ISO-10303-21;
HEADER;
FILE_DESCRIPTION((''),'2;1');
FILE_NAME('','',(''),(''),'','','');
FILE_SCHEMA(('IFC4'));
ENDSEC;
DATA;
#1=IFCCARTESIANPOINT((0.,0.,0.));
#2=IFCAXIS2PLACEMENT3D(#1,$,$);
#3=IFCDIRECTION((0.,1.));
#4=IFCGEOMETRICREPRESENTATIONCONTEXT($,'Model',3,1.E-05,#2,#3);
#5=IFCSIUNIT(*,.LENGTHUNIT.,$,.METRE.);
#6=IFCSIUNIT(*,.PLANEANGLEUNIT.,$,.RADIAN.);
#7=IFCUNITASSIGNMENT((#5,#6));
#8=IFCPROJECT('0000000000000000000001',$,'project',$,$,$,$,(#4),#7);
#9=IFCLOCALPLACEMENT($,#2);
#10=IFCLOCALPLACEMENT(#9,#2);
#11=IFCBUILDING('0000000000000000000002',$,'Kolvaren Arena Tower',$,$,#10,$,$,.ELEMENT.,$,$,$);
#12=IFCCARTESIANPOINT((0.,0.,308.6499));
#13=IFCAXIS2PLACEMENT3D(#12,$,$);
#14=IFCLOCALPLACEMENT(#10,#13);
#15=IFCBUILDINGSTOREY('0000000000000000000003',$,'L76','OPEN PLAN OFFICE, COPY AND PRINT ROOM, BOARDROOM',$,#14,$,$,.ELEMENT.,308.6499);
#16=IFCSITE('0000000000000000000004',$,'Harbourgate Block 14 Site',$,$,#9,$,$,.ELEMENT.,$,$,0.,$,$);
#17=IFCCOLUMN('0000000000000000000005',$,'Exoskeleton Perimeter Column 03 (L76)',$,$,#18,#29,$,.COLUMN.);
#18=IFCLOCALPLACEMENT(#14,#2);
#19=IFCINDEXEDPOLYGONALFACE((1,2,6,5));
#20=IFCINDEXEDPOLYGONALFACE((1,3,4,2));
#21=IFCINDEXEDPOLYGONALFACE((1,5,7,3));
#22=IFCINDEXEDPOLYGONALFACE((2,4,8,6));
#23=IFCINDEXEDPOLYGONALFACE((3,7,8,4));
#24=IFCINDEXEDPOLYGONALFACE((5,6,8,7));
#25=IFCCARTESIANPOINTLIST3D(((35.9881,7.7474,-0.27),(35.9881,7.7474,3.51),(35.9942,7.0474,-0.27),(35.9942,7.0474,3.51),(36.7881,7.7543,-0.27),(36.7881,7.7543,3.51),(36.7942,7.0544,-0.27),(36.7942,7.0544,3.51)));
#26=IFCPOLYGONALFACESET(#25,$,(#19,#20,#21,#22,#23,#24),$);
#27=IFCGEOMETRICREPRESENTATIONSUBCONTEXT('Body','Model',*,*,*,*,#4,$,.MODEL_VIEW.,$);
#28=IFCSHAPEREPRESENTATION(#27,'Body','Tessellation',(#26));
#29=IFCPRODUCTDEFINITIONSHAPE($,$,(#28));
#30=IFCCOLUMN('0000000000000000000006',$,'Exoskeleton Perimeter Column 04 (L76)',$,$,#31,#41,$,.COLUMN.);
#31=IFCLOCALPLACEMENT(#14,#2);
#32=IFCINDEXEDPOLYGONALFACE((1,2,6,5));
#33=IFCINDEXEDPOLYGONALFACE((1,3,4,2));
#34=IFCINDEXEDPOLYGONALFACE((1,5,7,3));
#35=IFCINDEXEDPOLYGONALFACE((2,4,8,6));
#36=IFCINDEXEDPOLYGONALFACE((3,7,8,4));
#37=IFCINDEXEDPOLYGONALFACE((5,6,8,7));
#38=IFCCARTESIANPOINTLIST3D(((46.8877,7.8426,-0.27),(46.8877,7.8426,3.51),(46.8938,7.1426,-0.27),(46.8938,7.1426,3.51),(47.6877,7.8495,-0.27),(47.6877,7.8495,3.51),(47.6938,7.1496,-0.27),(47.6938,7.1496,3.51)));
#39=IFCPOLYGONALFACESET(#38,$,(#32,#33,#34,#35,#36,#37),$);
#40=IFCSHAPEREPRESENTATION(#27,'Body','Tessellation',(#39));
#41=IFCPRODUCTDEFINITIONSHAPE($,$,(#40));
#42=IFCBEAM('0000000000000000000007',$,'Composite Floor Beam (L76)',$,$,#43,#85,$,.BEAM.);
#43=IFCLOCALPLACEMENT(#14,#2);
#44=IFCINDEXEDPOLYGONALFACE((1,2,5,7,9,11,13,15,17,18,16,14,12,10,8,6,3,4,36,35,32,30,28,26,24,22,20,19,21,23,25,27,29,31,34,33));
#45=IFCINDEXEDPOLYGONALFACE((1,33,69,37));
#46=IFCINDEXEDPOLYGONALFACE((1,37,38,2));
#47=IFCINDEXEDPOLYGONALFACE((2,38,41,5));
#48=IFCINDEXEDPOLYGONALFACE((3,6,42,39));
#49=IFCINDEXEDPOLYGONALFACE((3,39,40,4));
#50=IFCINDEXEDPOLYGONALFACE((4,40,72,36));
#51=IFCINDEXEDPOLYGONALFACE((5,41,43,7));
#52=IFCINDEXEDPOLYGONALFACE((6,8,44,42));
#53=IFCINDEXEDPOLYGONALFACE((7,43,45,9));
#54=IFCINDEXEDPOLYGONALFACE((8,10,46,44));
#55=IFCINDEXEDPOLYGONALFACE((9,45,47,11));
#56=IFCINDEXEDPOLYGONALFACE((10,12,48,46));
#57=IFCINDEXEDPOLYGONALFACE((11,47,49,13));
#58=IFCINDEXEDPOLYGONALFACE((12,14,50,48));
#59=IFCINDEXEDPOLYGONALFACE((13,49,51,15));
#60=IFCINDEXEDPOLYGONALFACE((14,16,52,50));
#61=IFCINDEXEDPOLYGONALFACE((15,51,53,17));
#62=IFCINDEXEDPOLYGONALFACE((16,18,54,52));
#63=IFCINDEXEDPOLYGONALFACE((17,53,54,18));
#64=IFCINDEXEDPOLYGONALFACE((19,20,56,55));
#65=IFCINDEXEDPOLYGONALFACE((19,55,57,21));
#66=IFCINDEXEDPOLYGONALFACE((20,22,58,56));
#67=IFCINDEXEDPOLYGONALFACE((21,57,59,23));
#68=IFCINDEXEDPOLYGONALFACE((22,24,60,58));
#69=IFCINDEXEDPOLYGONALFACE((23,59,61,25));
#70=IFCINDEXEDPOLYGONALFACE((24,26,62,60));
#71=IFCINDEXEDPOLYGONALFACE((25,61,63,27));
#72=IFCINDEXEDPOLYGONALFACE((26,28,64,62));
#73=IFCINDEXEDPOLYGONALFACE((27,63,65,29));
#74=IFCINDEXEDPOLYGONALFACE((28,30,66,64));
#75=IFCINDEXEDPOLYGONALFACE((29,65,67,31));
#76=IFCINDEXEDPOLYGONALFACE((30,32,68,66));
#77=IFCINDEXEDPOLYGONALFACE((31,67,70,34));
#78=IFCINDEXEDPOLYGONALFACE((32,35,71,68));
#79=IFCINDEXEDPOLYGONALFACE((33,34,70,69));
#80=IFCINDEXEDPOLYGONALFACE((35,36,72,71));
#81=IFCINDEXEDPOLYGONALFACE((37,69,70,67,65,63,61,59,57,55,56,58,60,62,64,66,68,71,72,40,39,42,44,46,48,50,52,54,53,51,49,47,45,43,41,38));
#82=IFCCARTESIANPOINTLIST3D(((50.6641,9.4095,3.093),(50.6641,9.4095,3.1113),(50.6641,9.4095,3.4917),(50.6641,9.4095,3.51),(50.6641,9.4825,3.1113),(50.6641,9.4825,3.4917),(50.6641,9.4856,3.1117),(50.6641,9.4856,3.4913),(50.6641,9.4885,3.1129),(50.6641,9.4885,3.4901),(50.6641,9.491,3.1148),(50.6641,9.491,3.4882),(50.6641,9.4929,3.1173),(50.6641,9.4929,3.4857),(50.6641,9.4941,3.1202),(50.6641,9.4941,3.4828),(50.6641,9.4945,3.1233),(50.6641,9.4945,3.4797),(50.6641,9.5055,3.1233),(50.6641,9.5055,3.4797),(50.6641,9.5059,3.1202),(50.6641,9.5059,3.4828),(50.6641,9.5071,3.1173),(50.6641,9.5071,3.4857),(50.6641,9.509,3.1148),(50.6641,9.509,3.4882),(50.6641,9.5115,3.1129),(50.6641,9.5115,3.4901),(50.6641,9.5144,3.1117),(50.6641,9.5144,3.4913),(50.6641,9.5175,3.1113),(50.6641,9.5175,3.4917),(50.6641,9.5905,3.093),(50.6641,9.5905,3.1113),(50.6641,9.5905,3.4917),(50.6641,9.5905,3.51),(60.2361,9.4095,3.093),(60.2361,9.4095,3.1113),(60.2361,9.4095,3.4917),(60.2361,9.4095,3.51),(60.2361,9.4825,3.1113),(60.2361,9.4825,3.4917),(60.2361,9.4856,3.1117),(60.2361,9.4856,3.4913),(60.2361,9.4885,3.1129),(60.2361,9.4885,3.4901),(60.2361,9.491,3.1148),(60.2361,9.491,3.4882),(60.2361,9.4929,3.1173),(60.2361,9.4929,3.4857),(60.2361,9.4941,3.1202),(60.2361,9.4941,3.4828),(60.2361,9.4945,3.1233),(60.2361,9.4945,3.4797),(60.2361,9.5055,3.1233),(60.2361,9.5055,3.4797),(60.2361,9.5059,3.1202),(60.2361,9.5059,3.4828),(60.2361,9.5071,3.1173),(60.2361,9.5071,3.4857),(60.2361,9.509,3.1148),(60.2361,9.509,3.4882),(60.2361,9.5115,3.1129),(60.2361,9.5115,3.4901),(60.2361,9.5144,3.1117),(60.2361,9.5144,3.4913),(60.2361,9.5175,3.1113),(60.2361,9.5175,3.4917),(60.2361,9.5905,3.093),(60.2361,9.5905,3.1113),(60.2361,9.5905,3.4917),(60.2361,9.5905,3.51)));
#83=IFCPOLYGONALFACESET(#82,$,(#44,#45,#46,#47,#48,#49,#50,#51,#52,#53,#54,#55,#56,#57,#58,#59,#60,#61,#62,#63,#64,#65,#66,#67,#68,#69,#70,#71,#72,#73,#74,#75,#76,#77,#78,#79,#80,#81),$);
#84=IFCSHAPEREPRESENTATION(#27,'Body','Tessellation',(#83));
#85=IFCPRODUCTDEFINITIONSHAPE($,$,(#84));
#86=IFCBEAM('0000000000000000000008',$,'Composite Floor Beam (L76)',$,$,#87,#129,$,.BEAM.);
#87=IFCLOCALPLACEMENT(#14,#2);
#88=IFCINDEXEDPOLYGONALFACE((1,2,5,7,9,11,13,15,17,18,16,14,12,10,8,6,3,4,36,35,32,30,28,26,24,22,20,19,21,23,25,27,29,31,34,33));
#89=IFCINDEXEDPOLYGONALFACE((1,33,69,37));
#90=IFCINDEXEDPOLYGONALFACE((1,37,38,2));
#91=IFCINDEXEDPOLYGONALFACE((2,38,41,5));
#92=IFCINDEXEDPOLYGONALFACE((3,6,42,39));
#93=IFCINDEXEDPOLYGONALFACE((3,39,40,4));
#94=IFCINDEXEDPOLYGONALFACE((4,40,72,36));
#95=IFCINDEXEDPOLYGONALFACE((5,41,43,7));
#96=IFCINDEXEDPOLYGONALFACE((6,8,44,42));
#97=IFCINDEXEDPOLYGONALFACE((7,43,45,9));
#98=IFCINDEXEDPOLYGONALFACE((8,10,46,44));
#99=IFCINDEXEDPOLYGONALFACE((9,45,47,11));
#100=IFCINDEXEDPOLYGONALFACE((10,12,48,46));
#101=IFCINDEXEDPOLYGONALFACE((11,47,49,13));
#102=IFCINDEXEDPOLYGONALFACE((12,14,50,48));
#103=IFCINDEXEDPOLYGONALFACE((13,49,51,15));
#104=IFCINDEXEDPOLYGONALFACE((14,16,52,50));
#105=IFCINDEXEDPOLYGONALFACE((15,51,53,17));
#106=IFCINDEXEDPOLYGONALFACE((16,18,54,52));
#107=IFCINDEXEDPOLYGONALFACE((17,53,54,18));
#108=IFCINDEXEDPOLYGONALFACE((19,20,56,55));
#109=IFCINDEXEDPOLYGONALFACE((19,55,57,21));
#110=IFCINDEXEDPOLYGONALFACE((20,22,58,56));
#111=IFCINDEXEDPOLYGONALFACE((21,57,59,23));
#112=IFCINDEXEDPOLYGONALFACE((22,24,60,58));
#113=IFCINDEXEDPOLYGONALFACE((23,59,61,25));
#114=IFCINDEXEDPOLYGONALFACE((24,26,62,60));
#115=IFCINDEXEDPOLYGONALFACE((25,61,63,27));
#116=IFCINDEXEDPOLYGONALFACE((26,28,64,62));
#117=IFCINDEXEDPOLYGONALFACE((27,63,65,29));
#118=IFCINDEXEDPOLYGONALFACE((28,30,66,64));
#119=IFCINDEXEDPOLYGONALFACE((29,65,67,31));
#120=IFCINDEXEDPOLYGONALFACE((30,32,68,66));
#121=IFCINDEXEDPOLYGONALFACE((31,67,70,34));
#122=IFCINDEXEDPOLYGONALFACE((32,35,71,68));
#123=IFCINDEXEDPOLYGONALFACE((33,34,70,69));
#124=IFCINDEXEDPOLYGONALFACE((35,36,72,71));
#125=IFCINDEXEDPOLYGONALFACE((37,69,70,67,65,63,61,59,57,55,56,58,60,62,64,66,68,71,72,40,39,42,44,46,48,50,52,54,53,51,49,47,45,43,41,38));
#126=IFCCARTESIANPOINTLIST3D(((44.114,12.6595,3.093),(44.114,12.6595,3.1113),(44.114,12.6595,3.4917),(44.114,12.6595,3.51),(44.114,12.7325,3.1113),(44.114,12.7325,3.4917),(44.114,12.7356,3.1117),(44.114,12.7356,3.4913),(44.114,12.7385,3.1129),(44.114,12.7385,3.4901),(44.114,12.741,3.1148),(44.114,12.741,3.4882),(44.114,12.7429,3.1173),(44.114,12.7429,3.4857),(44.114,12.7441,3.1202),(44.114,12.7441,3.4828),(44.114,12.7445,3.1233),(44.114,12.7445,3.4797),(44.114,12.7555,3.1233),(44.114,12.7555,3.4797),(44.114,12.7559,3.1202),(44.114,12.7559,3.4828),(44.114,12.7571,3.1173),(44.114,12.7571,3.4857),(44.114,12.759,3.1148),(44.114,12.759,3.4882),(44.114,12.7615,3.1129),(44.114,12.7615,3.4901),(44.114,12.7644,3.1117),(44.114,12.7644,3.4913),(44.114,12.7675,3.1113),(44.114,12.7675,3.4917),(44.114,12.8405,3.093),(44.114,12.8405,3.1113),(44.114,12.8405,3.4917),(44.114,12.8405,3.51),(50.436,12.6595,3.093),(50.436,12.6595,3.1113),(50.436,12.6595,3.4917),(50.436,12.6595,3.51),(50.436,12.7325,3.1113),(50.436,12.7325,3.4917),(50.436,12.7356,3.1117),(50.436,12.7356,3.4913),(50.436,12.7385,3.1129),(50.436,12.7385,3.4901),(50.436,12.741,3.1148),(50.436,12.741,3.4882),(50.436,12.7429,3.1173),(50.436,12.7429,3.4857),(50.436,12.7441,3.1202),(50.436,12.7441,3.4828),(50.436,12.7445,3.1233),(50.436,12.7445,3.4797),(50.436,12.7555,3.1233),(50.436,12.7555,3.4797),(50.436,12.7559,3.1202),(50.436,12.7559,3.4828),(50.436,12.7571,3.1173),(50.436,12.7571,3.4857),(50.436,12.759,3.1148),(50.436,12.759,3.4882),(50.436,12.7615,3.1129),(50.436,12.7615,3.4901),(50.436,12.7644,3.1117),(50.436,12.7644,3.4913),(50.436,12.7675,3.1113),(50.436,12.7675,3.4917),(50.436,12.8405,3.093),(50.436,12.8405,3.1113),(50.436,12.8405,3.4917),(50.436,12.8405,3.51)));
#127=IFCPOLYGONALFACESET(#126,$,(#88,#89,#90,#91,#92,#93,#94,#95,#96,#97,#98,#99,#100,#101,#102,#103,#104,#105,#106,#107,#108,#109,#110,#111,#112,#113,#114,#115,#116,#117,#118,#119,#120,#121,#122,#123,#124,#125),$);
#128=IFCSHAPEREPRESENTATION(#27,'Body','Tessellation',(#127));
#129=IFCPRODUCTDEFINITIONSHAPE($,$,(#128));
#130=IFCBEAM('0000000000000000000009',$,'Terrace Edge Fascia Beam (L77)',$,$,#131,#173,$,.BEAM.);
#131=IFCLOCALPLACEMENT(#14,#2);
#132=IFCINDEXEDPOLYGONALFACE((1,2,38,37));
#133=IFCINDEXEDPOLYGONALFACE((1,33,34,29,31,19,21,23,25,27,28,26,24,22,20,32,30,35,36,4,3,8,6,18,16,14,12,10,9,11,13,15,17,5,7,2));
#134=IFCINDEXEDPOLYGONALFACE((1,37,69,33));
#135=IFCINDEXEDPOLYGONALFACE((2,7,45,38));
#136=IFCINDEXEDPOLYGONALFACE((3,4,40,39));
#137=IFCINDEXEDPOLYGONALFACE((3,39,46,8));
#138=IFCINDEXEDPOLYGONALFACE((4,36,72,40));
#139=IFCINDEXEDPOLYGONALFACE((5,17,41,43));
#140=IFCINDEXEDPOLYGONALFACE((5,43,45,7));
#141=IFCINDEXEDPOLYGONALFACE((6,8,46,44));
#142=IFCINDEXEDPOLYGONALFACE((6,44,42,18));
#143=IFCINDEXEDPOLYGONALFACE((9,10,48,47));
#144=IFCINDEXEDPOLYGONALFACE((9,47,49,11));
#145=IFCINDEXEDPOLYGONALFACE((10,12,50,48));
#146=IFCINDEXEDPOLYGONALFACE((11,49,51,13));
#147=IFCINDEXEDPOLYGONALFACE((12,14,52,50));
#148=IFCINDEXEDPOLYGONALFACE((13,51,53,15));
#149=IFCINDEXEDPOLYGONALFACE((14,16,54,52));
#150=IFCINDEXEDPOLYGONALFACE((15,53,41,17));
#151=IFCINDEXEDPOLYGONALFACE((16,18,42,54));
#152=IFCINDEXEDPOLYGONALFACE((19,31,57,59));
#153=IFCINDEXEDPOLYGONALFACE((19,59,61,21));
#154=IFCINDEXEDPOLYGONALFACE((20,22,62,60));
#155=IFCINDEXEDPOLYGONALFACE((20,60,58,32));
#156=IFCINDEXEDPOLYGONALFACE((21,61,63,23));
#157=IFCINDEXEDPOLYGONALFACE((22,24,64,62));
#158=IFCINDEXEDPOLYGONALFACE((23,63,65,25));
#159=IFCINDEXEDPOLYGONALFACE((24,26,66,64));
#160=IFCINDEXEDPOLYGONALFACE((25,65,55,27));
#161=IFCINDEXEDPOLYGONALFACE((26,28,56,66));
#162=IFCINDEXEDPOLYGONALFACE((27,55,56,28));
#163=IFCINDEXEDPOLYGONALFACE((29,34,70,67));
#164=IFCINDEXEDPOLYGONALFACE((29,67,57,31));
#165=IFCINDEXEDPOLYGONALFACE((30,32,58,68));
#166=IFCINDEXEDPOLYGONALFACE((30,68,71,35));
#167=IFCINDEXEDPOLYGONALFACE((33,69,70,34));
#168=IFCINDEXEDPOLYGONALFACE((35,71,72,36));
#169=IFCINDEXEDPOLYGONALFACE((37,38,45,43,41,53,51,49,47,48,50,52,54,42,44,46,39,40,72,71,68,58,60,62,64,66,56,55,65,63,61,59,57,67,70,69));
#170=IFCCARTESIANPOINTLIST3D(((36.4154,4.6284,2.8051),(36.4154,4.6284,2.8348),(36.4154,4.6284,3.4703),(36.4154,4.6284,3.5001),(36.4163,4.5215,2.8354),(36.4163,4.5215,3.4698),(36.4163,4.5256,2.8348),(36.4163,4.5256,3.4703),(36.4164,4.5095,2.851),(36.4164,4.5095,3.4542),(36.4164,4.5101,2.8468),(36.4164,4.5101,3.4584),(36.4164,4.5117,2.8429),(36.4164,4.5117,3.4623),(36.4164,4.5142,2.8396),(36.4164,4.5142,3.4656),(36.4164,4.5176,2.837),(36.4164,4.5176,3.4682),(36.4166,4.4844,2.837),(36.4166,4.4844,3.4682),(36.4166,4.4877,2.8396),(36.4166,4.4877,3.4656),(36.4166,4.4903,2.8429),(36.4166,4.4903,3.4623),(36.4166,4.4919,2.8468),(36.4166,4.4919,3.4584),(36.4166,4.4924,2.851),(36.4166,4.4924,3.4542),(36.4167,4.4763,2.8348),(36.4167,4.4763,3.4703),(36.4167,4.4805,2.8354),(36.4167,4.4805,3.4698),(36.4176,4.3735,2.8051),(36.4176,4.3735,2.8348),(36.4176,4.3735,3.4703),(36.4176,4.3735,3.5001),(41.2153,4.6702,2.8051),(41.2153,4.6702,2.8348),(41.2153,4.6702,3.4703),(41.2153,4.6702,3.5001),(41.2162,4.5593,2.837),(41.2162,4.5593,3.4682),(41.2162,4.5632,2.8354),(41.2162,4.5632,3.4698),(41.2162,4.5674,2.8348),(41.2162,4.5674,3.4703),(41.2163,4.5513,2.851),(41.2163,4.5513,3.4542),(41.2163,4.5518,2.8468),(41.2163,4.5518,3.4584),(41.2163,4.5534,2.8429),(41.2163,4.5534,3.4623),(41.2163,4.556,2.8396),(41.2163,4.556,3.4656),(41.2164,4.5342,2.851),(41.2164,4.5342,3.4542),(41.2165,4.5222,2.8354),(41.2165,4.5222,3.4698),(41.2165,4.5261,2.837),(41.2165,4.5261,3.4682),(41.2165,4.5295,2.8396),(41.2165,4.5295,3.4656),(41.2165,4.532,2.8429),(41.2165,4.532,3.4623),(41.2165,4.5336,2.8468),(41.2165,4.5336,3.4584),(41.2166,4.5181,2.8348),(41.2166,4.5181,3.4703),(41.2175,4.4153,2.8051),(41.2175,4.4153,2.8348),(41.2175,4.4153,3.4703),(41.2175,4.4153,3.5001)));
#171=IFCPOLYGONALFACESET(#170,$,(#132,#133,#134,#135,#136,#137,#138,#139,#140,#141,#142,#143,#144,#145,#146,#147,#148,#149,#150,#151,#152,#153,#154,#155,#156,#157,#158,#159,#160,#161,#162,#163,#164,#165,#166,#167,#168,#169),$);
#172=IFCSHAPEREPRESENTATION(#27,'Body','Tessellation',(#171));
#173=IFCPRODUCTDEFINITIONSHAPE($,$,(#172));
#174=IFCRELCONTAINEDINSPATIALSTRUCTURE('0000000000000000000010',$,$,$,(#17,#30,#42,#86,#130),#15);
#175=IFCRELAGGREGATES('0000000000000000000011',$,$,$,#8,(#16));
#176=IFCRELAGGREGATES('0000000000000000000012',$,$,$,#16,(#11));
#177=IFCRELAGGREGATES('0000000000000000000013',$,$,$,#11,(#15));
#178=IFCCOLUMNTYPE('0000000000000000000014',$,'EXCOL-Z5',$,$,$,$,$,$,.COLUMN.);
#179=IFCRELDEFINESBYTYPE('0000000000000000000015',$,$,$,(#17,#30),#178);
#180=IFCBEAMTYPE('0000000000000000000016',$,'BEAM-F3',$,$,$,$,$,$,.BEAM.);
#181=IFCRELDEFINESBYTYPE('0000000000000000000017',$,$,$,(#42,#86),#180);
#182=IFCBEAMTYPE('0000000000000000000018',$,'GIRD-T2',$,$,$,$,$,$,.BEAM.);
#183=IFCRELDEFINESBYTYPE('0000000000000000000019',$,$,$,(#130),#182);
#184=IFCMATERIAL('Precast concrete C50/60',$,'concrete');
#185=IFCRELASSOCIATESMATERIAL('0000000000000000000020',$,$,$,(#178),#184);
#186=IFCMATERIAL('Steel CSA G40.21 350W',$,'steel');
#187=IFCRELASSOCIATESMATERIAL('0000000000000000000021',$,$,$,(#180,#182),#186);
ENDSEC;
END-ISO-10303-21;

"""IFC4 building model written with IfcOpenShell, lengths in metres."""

from ifc_helpers import new_model, si_unit, direction, frame, origin, origin_2d, place, context, subcontext, project, spatial, rectangle, i_section, extrude, material, material_profile, profile_set, type_object, element, save


model = new_model("IFC4")

# Units and contexts
model_context = context("Model", 3, precision=1e-05, world=origin(), true_north=direction((0.0, 1.0)))
body_context = subcontext(model_context, "Body", "Model", "MODEL_VIEW")
ifc_project = project(units=[si_unit("LENGTHUNIT", "METRE"), si_unit("PLANEANGLEUNIT", "RADIAN")], contexts=[model_context])

# Site, building, storey
site_placement = place(None, origin())
site = spatial("IfcSite", under=ifc_project, at=site_placement, Name="Harbourgate Block 14 Site", CompositionType="ELEMENT", RefElevation=0.0)
building_placement = place(site_placement, origin())
building = spatial("IfcBuilding", under=site, at=building_placement, Name="Kolvaren Arena Tower", CompositionType="ELEMENT")
storey_placement = place(building_placement, frame((0.0, 0.0, 308.6499)))
storey = spatial("IfcBuildingStorey", under=building, at=storey_placement, Name="L76", Description="OPEN PLAN OFFICE, COPY AND PRINT ROOM, BOARDROOM", CompositionType="ELEMENT", Elevation=308.6499)

# Columns
ifc_material_1 = material(Name="Precast concrete C50/60", Category="concrete")
ifc_material_profile_1 = material_profile(ifc_material_1, rectangle(XDim=0.8, YDim=0.7, at=origin_2d()), Name="RC-800x700")
ifc_profile_set_1 = profile_set([ifc_material_profile_1], Name="Precast concrete C50/60")
column_type = type_object("IfcColumnType", Name="EXCOL-Z5", PredefinedType="COLUMN", material=ifc_profile_set_1)
for number, where, z_axis, x_axis, name in (
    (1, (36.3911, 7.4009, -0.27), (0.0, 0.0, 1.0), (0.999962, 0.008727, 0.0), "Exoskeleton Perimeter Column 03 (L76)"),
    (2, (47.2908, 7.4961, -0.27), (0.0, 0.0, 1.0), (0.999962, 0.008727, 0.0), "Exoskeleton Perimeter Column 04 (L76)"),
):
    element("IfcColumn", number, at=place(storey_placement, frame(where, z_axis=z_axis, x_axis=x_axis)), inside=storey, type_object=column_type, Name=name, PredefinedType="COLUMN", context=body_context, shape_type="SweptSolid", body=[
        extrude(rectangle(XDim=0.8, YDim=0.7, at=origin_2d()), origin(), (0.0, 0.0, 1.0), 3.78),
    ])

# Beams
ifc_material_2 = material(Name="Steel CSA G40.21 350W", Category="steel")
ifc_material_profile_2 = material_profile(ifc_material_2, i_section(OverallWidth=0.1809, OverallDepth=0.417, WebThickness=0.011, FlangeThickness=0.0183, FilletRadius=0.012, at=origin_2d()), Name="W410x85")
ifc_profile_set_2 = profile_set([ifc_material_profile_2], Name="Steel CSA G40.21 350W")
beam_type_1 = type_object("IfcBeamType", Name="BEAM-F3", PredefinedType="BEAM", material=ifc_profile_set_2)
beam_1_placement = place(storey_placement, frame((50.6641, 9.5, 3.3015), z_axis=(1.0, 0.0, 0.0), x_axis=(0.0, 1.0, 0.0)))
element("IfcBeam", 3, at=beam_1_placement, inside=storey, type_object=beam_type_1, Name="Composite Floor Beam (L76)", PredefinedType="BEAM", context=body_context, shape_type="SweptSolid", body=[
    extrude(i_section(OverallWidth=0.1809, OverallDepth=0.417, WebThickness=0.011, FlangeThickness=0.0183, FilletRadius=0.012, at=origin_2d()), origin(), (0.0, 0.0, 1.0), 9.572),
])
beam_2_placement = place(storey_placement, frame((44.114, 12.75, 3.3015), z_axis=(1.0, 0.0, 0.0), x_axis=(0.0, 1.0, 0.0)))
element("IfcBeam", 4, at=beam_2_placement, inside=storey, type_object=beam_type_1, Name="Composite Floor Beam (L76)", PredefinedType="BEAM", context=body_context, shape_type="SweptSolid", body=[
    extrude(i_section(OverallWidth=0.1809, OverallDepth=0.417, WebThickness=0.011, FlangeThickness=0.0183, FilletRadius=0.012, at=origin_2d()), origin(), (0.0, 0.0, 1.0), 6.322),
])
ifc_material_profile_3 = material_profile(ifc_material_2, i_section(OverallWidth=0.2549, OverallDepth=0.6951, WebThickness=0.0171, FlangeThickness=0.0298, FilletRadius=0.0161, at=origin_2d()), Name="W690x217")
ifc_profile_set_3 = profile_set([ifc_material_profile_3], Name="Steel CSA G40.21 350W")
beam_type_2 = type_object("IfcBeamType", Name="GIRD-T2", PredefinedType="BEAM", material=ifc_profile_set_3)
beam_3_placement = place(storey_placement, frame((36.4165, 4.501, 3.1526), z_axis=(0.999962, 0.008698, 0.0), x_axis=(-0.008698, 0.999962, 0.0)))
element("IfcBeam", 5, at=beam_3_placement, inside=storey, type_object=beam_type_2, Name="Terrace Edge Fascia Beam (L77)", PredefinedType="BEAM", context=body_context, shape_type="SweptSolid", body=[
    extrude(i_section(OverallWidth=0.2549, OverallDepth=0.6951, WebThickness=0.0171, FlangeThickness=0.0298, FilletRadius=0.0161, at=origin_2d()), origin(), (0.0, 0.0, 1.0), 4.8),
])

save(model, "model.ifc")
